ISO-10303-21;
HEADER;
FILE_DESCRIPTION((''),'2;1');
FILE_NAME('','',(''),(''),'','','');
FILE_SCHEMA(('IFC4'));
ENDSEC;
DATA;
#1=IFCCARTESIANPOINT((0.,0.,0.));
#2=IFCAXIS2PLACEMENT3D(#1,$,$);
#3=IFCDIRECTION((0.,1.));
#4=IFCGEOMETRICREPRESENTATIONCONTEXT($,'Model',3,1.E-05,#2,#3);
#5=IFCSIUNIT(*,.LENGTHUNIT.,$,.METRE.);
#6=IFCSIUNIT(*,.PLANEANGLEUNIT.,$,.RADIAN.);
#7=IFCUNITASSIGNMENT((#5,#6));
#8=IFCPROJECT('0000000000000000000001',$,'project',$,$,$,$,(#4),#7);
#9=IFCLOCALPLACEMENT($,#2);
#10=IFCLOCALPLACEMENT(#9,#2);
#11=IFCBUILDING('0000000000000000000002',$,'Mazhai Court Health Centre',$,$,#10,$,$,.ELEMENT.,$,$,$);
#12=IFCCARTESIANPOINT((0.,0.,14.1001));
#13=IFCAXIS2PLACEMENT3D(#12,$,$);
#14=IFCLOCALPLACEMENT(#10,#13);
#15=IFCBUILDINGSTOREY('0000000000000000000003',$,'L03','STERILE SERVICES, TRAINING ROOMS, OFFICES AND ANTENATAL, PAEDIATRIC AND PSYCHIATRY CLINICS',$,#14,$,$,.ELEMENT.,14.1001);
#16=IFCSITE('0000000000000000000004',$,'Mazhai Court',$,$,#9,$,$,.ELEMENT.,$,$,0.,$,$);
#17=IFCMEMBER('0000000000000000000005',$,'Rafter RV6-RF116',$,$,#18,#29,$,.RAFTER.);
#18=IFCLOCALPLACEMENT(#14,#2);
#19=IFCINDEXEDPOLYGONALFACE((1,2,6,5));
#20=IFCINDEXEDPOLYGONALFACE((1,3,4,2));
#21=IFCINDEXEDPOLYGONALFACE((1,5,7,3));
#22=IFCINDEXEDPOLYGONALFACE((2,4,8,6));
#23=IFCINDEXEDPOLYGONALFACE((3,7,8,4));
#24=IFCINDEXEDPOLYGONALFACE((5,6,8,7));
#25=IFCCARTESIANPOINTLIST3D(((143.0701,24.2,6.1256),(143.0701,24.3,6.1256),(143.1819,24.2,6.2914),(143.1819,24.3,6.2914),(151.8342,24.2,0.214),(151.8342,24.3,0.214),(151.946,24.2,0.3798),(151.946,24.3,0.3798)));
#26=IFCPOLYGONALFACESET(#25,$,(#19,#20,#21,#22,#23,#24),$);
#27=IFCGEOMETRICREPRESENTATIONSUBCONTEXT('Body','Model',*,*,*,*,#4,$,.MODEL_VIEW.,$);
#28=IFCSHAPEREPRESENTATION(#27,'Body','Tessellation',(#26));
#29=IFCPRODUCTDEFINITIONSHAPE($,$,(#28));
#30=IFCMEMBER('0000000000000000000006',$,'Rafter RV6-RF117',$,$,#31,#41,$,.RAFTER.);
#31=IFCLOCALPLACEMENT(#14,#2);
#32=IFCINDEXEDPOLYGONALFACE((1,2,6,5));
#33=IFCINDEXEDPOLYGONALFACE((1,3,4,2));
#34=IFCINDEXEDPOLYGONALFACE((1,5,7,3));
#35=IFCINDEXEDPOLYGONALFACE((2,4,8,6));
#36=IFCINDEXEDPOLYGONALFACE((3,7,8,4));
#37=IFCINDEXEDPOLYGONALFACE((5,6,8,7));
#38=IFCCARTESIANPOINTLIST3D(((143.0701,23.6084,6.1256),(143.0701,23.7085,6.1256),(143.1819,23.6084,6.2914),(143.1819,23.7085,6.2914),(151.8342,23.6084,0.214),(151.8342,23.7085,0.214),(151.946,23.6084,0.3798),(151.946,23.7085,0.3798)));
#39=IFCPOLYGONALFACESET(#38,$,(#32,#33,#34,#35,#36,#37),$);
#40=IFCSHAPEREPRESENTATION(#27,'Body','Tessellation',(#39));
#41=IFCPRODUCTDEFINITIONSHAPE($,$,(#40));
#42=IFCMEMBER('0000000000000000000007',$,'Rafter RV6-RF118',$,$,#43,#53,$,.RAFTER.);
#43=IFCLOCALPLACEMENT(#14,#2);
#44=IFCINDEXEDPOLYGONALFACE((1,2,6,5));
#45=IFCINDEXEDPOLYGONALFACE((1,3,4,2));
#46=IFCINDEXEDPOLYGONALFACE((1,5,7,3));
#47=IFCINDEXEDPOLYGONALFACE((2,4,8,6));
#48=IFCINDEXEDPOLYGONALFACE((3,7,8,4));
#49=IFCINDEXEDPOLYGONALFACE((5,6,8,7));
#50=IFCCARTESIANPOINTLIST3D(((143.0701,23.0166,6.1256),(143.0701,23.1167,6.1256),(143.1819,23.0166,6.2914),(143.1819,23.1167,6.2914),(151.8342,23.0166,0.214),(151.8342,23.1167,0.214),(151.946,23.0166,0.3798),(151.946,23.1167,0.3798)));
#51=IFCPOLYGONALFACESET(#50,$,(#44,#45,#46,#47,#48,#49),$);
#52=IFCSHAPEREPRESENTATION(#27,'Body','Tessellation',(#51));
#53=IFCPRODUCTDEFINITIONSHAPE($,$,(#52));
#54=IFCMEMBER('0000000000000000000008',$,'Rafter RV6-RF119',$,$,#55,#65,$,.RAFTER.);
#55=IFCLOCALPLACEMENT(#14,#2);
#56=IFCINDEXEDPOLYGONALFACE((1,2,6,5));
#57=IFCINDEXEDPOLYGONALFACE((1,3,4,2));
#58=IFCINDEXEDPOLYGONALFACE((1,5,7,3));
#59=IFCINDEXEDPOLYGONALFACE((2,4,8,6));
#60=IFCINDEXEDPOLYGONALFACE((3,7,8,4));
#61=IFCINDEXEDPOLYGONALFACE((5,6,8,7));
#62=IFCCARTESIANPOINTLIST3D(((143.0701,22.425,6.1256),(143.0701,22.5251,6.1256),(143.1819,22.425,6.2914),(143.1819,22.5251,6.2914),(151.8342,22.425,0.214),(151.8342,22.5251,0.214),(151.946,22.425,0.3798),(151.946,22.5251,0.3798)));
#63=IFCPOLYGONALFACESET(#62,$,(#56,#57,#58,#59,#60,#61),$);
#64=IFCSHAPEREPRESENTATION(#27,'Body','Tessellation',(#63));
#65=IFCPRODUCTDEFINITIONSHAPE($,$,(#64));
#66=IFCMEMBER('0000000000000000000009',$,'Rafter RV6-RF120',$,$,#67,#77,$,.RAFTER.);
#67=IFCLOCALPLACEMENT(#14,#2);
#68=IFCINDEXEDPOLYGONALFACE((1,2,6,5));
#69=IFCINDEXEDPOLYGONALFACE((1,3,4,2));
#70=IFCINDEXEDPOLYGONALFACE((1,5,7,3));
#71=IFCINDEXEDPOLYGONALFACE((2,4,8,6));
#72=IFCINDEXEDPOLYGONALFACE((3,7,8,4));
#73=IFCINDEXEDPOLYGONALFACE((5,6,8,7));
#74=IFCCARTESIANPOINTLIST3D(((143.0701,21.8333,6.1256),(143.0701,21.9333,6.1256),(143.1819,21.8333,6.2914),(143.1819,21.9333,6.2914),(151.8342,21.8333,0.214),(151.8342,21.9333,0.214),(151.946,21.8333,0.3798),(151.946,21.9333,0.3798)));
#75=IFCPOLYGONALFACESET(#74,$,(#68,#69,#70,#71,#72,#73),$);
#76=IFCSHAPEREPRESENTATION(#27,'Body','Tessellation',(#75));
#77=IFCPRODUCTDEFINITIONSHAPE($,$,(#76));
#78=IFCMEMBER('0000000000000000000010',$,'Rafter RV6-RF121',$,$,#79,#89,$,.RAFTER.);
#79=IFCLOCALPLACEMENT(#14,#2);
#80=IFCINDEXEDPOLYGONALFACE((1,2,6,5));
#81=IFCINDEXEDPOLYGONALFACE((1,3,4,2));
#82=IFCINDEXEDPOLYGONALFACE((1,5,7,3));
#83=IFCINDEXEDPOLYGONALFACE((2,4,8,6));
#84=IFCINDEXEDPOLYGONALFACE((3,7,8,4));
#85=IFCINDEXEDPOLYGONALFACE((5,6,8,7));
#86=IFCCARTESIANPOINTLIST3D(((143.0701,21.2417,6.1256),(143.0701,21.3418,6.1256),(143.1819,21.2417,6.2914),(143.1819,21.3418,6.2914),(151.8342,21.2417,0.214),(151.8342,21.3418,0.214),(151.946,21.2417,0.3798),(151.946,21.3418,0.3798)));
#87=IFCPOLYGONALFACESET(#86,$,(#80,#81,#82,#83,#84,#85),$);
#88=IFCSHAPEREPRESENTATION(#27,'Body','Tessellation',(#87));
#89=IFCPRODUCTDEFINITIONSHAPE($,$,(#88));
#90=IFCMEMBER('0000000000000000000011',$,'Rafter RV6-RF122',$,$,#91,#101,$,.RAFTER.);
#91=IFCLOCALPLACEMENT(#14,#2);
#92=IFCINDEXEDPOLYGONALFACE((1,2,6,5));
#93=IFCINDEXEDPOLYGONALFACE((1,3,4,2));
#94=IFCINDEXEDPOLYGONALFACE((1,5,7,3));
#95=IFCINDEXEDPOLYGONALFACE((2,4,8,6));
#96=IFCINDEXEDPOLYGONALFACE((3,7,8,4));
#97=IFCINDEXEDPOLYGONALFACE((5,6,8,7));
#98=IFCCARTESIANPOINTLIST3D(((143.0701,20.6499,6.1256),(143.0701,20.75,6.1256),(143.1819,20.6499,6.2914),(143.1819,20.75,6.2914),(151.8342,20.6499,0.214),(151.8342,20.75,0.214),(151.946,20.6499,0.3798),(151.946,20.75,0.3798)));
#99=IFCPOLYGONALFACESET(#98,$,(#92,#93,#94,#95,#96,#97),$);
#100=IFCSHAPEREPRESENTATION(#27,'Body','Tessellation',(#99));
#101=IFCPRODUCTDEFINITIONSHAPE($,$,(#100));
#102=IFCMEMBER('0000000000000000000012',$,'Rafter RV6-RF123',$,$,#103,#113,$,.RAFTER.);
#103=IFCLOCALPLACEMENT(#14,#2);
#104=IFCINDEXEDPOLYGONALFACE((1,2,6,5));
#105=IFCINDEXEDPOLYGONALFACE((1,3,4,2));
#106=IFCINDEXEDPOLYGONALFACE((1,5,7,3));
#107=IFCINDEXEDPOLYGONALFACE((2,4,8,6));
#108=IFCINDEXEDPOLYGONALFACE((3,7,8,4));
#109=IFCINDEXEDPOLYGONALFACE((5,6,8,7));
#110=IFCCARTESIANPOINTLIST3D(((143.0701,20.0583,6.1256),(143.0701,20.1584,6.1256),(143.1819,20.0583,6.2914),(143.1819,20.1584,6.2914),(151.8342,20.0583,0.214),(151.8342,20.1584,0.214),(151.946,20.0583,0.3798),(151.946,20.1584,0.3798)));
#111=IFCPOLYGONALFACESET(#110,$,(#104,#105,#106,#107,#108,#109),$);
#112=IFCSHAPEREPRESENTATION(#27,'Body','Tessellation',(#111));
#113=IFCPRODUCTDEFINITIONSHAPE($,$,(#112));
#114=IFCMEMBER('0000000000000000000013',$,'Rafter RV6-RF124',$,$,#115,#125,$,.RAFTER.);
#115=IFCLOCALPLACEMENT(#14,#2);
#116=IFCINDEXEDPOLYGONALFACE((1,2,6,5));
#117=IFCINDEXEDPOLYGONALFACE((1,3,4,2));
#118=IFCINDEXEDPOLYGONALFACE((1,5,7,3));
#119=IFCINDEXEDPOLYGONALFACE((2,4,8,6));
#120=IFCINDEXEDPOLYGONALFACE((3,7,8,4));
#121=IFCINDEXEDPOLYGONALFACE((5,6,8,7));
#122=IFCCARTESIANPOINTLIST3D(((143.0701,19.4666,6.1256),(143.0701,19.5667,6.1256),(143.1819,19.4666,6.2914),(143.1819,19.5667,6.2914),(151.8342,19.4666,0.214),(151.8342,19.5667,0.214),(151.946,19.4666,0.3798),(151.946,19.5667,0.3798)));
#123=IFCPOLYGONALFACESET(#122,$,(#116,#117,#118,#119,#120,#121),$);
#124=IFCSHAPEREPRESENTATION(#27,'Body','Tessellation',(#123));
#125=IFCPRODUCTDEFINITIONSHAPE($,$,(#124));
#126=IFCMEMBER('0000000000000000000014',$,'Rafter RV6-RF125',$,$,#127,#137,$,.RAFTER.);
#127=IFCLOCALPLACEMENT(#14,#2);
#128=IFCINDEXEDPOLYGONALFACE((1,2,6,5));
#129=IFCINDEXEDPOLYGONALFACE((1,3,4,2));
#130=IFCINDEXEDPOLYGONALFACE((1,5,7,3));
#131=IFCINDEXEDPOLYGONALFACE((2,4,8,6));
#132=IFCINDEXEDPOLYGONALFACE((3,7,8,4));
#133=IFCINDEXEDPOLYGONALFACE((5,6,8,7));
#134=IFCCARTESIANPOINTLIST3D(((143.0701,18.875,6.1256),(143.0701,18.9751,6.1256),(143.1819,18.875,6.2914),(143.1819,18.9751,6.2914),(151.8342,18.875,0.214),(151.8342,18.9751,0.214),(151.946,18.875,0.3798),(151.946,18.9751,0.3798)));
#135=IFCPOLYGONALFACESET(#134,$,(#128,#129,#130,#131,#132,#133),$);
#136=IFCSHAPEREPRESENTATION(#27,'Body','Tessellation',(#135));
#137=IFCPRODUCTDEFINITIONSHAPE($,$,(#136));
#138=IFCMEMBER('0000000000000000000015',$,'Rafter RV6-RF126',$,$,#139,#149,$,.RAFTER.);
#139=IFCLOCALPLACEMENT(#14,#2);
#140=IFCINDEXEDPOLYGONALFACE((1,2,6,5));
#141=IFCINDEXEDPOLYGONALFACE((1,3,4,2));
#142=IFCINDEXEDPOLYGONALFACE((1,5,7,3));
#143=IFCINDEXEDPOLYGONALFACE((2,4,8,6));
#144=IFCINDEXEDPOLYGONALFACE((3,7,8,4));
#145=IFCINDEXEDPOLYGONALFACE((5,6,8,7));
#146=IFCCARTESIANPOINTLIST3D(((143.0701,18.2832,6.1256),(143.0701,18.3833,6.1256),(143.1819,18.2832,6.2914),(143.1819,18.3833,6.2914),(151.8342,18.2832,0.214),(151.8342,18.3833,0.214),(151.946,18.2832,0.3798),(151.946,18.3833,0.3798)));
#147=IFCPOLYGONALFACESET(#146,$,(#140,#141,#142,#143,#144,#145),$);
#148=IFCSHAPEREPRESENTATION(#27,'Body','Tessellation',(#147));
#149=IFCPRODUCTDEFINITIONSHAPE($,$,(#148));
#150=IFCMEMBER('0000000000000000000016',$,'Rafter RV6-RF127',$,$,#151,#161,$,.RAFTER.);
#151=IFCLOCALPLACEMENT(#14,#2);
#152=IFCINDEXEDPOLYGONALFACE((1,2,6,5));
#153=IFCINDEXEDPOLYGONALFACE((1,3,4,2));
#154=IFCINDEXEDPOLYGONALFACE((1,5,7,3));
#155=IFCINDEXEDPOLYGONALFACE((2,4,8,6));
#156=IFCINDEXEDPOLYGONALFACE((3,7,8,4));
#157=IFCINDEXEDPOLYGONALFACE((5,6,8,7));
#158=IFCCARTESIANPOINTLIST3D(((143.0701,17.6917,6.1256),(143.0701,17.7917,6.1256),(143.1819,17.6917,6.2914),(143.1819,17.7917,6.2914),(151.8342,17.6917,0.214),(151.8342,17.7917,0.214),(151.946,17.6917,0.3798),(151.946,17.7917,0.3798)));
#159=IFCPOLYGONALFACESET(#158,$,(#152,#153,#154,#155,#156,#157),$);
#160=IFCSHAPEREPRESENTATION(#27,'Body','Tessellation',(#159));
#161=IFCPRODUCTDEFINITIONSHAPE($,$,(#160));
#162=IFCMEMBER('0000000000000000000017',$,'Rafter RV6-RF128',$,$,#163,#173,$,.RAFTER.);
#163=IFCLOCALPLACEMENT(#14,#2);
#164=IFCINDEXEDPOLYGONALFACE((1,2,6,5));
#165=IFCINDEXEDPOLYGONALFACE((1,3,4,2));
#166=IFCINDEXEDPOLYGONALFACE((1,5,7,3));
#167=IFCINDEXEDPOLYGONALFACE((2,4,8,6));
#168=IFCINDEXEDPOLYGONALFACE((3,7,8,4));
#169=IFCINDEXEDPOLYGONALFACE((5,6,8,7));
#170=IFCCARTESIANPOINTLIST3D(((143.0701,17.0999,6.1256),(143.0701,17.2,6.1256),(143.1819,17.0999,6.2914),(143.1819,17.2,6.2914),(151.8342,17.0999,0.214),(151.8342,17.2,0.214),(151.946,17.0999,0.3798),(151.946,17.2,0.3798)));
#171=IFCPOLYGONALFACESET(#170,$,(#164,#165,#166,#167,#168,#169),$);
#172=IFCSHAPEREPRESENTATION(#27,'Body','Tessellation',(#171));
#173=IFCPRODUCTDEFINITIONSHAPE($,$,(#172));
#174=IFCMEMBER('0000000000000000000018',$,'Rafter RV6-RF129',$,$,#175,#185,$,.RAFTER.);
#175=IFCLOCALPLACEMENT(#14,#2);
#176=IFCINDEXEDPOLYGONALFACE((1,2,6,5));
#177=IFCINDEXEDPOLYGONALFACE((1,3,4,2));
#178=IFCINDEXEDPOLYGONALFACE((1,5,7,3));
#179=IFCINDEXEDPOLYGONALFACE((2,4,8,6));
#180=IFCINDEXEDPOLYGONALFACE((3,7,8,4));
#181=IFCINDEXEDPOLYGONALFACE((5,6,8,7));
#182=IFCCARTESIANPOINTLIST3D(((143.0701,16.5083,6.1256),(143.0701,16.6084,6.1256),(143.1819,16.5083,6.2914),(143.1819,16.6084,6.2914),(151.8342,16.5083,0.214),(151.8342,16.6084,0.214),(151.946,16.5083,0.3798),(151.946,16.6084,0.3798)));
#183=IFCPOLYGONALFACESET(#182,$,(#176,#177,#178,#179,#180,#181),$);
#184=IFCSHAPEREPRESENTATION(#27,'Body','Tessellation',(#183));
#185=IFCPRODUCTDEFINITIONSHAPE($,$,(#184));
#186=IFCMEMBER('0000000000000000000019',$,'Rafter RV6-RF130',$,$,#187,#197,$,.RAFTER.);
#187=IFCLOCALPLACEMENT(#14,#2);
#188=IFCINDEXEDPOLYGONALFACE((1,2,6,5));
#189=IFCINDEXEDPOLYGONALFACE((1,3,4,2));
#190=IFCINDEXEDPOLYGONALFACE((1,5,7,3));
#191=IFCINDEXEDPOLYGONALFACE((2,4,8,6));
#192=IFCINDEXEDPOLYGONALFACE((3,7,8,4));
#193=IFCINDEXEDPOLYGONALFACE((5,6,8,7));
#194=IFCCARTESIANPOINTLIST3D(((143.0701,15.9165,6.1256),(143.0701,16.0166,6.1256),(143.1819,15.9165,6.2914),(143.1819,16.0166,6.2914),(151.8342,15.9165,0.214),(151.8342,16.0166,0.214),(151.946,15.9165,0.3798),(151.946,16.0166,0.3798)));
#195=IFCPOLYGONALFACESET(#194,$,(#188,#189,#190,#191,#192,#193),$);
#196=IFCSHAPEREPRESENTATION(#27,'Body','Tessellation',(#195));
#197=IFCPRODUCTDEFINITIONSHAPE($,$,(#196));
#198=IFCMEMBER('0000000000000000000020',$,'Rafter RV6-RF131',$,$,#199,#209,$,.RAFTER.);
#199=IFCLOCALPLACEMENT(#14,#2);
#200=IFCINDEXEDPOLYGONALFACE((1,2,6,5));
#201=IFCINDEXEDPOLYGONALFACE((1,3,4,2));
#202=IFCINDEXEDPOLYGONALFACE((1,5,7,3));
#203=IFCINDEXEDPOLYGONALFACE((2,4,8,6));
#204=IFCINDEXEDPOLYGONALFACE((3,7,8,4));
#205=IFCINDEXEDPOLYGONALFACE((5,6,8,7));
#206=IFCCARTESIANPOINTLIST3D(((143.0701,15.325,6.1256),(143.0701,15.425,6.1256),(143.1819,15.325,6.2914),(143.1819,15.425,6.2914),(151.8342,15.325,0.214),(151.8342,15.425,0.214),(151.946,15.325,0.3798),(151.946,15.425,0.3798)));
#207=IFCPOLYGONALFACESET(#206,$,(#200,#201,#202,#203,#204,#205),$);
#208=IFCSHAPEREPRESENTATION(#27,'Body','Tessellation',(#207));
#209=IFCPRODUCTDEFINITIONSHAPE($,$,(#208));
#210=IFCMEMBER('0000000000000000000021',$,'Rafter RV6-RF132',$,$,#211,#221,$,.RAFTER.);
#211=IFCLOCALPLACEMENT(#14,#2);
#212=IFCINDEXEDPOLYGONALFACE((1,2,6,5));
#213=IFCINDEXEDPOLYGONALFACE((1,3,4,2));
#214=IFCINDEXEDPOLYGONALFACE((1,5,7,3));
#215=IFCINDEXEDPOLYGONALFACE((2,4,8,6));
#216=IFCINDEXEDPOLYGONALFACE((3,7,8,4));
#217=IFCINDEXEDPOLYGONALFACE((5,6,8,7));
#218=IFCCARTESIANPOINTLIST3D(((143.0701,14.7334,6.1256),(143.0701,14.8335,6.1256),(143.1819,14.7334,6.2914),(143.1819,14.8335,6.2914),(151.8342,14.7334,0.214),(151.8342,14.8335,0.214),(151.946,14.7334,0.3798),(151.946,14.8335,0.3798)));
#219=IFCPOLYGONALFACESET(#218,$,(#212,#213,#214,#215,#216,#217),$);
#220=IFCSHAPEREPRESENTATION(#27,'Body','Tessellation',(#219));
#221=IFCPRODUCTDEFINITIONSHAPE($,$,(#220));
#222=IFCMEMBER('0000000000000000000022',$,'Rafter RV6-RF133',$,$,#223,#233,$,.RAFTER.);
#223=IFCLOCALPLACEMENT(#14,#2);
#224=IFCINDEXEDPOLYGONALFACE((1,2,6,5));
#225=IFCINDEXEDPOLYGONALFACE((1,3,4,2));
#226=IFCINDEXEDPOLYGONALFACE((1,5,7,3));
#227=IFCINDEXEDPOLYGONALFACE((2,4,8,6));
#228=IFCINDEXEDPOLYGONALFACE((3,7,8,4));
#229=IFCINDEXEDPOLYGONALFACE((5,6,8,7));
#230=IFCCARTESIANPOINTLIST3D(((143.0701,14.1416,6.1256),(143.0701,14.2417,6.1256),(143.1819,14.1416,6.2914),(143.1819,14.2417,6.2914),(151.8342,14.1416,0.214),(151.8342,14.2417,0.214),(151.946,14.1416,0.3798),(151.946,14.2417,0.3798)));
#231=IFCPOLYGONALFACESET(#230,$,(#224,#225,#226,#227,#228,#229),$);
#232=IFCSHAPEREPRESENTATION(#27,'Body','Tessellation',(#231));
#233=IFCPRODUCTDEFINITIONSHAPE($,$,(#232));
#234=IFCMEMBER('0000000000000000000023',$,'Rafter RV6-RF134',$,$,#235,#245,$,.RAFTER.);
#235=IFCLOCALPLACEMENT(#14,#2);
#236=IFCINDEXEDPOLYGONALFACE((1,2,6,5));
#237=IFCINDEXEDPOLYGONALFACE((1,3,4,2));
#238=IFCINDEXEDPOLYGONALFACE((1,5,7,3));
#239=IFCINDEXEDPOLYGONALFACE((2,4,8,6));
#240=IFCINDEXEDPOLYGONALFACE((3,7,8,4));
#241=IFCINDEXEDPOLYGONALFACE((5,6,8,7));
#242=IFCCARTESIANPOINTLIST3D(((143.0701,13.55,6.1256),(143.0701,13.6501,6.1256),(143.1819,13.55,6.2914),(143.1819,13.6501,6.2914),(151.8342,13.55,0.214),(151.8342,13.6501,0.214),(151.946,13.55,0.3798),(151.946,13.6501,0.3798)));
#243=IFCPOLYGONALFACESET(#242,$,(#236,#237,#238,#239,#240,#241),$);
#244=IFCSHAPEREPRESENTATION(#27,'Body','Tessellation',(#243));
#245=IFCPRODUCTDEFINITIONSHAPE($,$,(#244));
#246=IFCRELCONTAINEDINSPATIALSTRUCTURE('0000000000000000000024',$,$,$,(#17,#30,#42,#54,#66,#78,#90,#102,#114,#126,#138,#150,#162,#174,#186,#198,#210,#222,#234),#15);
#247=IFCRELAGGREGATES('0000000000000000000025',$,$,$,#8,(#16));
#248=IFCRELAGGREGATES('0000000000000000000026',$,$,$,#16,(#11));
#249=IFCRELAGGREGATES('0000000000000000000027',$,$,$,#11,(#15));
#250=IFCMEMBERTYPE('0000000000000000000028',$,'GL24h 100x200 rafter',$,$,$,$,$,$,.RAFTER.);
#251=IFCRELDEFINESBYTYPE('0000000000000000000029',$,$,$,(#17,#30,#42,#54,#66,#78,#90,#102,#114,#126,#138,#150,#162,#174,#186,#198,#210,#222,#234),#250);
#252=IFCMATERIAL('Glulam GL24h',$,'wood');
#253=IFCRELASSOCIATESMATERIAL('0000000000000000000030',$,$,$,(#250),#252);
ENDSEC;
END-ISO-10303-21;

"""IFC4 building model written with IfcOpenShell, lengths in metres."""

from ifc_helpers import new_model, si_unit, direction, frame, origin, origin_2d, place, context, subcontext, project, spatial, rectangle, extrude, material, material_profile, profile_set, type_object, element, save


model = new_model("IFC4")

# Units and contexts
model_context = context("Model", 3, precision=1e-05, world=origin(), true_north=direction((0.0, 1.0)))
body_context = subcontext(model_context, "Body", "Model", "MODEL_VIEW")
ifc_project = project(units=[si_unit("LENGTHUNIT", "METRE"), si_unit("PLANEANGLEUNIT", "RADIAN")], contexts=[model_context])

# Site, building, storey
site_placement = place(None, origin())
site = spatial("IfcSite", under=ifc_project, at=site_placement, Name="Mazhai Court", CompositionType="ELEMENT", RefElevation=0.0)
building_placement = place(site_placement, origin())
building = spatial("IfcBuilding", under=site, at=building_placement, Name="Mazhai Court Health Centre", CompositionType="ELEMENT")
storey_placement = place(building_placement, frame((0.0, 0.0, 14.1001)))
storey = spatial("IfcBuildingStorey", under=building, at=storey_placement, Name="L03", Description="STERILE SERVICES, TRAINING ROOMS, OFFICES AND ANTENATAL, PAEDIATRIC AND PSYCHIATRY CLINICS", CompositionType="ELEMENT", Elevation=14.1001)

# Members
ifc_material_1 = material(Name="Glulam GL24h", Category="wood")
ifc_material_profile_1 = material_profile(ifc_material_1, rectangle(XDim=0.1001, YDim=0.2, at=origin_2d()), Name="GL24h 100x200")
ifc_profile_set_1 = profile_set([ifc_material_profile_1], Name="Glulam GL24h")
member_type_1 = type_object("IfcMemberType", Name="GL24h 100x200 rafter", PredefinedType="RAFTER", material=ifc_profile_set_1)
for number, where, z_axis, x_axis, name in (
    (1, (151.8901, 24.25, 0.2969), (-0.829032, 0.0, 0.559201), (0.0, -1.0, 0.0), "Rafter RV6-RF116"),
    (2, (151.8901, 23.6584, 0.2969), (-0.829032, 0.0, 0.559201), (0.0, -1.0, 0.0), "Rafter RV6-RF117"),
    (3, (151.8901, 23.0667, 0.2969), (-0.829032, 0.0, 0.559201), (0.0, -1.0, 0.0), "Rafter RV6-RF118"),
    (4, (151.8901, 22.4751, 0.2969), (-0.829032, 0.0, 0.559201), (0.0, -1.0, 0.0), "Rafter RV6-RF119"),
    (5, (151.8901, 21.8833, 0.2969), (-0.829032, 0.0, 0.559201), (0.0, -1.0, 0.0), "Rafter RV6-RF120"),
    (6, (151.8901, 21.2917, 0.2969), (-0.829032, 0.0, 0.559201), (0.0, -1.0, 0.0), "Rafter RV6-RF121"),
    (7, (151.8901, 20.7, 0.2969), (-0.829032, 0.0, 0.559201), (0.0, -1.0, 0.0), "Rafter RV6-RF122"),
    (8, (151.8901, 20.1084, 0.2969), (-0.829032, 0.0, 0.559201), (0.0, -1.0, 0.0), "Rafter RV6-RF123"),
    (9, (151.8901, 19.5166, 0.2969), (-0.829032, 0.0, 0.559201), (0.0, -1.0, 0.0), "Rafter RV6-RF124"),
    (10, (151.8901, 18.925, 0.2969), (-0.829032, 0.0, 0.559201), (0.0, -1.0, 0.0), "Rafter RV6-RF125"),
    (11, (151.8901, 18.3333, 0.2969), (-0.829032, 0.0, 0.559201), (0.0, -1.0, 0.0), "Rafter RV6-RF126"),
    (12, (151.8901, 17.7417, 0.2969), (-0.829032, 0.0, 0.559201), (0.0, -1.0, 0.0), "Rafter RV6-RF127"),
    (13, (151.8901, 17.1499, 0.2969), (-0.829032, 0.0, 0.559201), (0.0, -1.0, 0.0), "Rafter RV6-RF128"),
    (14, (151.8901, 16.5583, 0.2969), (-0.829032, 0.0, 0.559201), (0.0, -1.0, 0.0), "Rafter RV6-RF129"),
    (15, (151.8901, 15.9666, 0.2969), (-0.829032, 0.0, 0.559201), (0.0, -1.0, 0.0), "Rafter RV6-RF130"),
    (16, (151.8901, 15.375, 0.2969), (-0.829032, 0.0, 0.559201), (0.0, -1.0, 0.0), "Rafter RV6-RF131"),
    (17, (151.8901, 14.7834, 0.2969), (-0.829032, 0.0, 0.559201), (0.0, -1.0, 0.0), "Rafter RV6-RF132"),
    (18, (151.8901, 14.1917, 0.2969), (-0.829032, 0.0, 0.559201), (0.0, -1.0, 0.0), "Rafter RV6-RF133"),
    (19, (151.8901, 13.6001, 0.2969), (-0.829032, 0.0, 0.559201), (0.0, -1.0, 0.0), "Rafter RV6-RF134"),
):
    element("IfcMember", number, at=place(storey_placement, frame(where, z_axis=z_axis, x_axis=x_axis)), inside=storey, type_object=member_type_1, Name=name, PredefinedType="RAFTER", context=body_context, shape_type="SweptSolid", body=[
        extrude(rectangle(XDim=0.1001, YDim=0.2, at=origin_2d()), origin(), (0.0, 0.0, 1.0), 10.5715),
    ])

save(model, "model.ifc")
